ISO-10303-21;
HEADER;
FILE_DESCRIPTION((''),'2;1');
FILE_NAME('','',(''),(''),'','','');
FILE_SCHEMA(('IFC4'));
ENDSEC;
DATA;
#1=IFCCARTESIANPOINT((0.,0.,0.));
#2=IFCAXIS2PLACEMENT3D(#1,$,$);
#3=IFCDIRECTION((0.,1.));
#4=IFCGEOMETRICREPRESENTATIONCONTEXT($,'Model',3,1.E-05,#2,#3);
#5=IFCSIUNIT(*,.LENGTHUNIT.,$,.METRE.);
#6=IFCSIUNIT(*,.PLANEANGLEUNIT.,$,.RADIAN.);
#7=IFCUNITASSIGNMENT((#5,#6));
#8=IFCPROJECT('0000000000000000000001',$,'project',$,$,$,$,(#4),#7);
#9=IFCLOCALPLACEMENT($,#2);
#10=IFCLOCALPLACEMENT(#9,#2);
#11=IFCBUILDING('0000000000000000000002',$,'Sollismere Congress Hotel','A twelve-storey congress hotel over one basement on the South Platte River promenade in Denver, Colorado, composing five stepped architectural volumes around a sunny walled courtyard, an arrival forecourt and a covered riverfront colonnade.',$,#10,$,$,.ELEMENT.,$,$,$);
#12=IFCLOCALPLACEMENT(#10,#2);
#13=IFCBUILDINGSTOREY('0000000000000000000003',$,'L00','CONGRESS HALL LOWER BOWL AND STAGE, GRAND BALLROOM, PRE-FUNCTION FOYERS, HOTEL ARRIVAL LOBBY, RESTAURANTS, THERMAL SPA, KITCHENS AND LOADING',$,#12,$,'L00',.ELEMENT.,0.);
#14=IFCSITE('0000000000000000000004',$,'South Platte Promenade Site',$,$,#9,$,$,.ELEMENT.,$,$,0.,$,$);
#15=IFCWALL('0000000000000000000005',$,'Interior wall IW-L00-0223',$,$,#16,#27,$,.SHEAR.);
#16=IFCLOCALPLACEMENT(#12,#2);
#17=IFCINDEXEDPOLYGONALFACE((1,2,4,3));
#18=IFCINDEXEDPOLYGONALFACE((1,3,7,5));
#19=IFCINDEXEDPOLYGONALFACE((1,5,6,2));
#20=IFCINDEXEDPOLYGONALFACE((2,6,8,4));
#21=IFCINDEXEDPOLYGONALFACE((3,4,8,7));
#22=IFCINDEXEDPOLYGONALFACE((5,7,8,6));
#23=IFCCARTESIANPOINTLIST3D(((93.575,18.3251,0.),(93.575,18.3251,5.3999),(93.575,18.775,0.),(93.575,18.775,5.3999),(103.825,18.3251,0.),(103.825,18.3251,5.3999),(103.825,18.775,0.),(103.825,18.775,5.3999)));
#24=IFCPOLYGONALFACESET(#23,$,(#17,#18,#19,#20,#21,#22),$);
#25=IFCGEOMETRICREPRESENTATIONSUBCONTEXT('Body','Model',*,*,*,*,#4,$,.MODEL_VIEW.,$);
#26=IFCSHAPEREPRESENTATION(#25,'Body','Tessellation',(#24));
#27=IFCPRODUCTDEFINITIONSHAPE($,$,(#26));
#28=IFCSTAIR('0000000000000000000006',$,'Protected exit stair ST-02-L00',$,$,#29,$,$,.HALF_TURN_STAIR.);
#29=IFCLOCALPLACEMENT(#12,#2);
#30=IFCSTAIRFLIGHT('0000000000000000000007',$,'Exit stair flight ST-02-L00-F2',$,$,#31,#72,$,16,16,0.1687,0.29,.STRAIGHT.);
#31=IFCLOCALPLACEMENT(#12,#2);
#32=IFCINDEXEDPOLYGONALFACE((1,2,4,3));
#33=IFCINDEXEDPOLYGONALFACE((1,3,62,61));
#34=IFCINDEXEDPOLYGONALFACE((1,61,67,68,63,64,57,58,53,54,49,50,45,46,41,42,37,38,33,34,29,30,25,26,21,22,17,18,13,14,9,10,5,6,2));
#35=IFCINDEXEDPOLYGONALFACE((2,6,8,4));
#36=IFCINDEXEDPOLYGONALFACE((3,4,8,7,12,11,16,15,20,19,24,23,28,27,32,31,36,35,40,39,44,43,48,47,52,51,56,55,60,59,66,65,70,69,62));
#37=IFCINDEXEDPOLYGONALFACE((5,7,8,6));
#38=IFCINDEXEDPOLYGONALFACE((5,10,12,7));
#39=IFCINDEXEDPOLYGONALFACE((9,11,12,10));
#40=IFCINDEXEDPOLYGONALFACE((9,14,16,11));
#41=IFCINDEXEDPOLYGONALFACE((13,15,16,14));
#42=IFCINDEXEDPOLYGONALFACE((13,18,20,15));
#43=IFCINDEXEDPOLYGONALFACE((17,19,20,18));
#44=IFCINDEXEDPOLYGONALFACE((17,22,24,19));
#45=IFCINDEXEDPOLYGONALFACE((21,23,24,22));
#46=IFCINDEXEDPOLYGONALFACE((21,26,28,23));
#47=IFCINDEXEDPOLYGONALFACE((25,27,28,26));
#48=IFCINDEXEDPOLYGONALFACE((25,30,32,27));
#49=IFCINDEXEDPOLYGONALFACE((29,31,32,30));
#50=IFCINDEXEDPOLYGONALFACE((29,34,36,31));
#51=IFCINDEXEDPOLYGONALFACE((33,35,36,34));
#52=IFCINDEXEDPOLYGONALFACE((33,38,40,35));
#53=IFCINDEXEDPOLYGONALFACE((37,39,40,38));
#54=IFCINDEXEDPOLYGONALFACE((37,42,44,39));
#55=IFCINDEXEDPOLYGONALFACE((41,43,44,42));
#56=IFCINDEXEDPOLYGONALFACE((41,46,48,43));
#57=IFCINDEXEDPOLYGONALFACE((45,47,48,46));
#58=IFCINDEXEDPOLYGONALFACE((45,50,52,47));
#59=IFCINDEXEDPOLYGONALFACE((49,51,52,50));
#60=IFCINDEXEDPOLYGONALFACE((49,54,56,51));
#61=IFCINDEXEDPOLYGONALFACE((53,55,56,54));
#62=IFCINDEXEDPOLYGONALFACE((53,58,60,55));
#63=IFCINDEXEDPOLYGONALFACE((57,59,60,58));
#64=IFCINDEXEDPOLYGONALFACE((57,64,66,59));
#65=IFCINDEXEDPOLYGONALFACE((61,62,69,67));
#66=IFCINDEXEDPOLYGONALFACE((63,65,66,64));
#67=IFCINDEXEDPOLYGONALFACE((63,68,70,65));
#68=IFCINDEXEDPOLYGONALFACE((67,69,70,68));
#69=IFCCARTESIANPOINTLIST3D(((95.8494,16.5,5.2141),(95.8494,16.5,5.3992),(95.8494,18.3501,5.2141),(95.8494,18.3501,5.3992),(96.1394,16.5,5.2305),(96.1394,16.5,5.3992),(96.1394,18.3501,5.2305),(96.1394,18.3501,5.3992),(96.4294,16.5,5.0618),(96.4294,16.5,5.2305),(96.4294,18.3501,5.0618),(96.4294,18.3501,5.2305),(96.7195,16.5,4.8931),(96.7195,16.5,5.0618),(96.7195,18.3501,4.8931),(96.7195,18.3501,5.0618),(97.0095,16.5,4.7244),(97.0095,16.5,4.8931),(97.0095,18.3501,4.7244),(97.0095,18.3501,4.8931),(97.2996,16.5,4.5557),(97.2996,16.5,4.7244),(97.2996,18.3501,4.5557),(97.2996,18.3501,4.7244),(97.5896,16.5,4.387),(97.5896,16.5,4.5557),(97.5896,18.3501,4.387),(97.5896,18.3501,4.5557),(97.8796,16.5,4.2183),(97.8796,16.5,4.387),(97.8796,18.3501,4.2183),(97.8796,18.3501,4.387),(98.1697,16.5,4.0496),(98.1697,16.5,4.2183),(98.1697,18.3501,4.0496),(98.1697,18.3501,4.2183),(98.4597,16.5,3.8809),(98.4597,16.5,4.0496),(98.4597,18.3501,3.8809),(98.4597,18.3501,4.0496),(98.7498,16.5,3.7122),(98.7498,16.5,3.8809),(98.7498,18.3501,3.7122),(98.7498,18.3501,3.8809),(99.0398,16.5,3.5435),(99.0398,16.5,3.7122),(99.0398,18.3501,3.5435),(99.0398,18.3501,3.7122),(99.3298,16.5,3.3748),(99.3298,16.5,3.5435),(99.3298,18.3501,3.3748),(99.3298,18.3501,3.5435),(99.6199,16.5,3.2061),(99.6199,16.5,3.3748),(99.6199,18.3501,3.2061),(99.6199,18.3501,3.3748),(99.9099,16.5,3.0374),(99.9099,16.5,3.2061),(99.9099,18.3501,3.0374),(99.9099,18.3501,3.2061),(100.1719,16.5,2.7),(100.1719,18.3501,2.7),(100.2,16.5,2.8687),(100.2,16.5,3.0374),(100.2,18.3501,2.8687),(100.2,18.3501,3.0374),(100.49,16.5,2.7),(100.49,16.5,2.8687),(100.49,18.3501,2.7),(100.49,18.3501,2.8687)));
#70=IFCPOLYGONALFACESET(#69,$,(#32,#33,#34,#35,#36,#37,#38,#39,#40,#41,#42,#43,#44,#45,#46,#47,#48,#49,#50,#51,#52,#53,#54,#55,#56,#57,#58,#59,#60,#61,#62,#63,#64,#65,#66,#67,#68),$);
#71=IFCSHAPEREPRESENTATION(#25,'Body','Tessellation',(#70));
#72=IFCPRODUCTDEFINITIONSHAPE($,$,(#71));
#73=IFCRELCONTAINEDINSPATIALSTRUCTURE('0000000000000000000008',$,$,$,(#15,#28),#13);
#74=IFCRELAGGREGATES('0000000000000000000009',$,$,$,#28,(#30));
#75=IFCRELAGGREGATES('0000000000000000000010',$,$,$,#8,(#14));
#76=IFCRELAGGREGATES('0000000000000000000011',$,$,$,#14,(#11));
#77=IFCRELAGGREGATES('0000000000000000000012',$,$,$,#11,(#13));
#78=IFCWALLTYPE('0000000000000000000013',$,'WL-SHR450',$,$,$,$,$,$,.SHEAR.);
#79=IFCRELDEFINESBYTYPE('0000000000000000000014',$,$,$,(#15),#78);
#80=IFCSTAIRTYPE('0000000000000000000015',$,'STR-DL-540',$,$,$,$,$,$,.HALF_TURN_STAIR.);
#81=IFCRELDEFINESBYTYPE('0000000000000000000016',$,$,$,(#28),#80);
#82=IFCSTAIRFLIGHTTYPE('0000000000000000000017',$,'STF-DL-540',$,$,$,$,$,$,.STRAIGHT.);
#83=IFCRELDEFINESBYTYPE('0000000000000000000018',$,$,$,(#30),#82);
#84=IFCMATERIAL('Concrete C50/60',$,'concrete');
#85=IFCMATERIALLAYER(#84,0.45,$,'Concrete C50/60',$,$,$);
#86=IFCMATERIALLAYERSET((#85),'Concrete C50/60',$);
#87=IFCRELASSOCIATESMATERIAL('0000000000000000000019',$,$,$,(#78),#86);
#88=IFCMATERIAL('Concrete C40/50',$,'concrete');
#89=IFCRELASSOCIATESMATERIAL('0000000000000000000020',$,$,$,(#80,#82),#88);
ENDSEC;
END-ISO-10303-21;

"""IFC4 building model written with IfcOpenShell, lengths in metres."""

from ifc_helpers import new_model, si_unit, direction, frame, frame_2d, origin, place, context, subcontext, project, spatial, polyline, rectangle, outline, extrude, material, layer, layer_set, type_object, element, aggregate, save


model = new_model("IFC4")

# Units and contexts
model_context = context("Model", 3, precision=1e-05, world=origin(), true_north=direction((0.0, 1.0)))
body_context = subcontext(model_context, "Body", "Model", "MODEL_VIEW")
ifc_project = project(units=[si_unit("LENGTHUNIT", "METRE"), si_unit("PLANEANGLEUNIT", "RADIAN")], contexts=[model_context])

# Site, building, storey
site_placement = place(None, origin())
site = spatial("IfcSite", under=ifc_project, at=site_placement, Name="South Platte Promenade Site", CompositionType="ELEMENT", RefElevation=0.0)
building_placement = place(site_placement, origin())
building = spatial("IfcBuilding", under=site, at=building_placement, Name="Sollismere Congress Hotel", Description="A twelve-storey congress hotel over one basement on the South Platte River promenade in Denver, Colorado, composing five stepped architectural volumes around a sunny walled courtyard, an arrival forecourt and a covered riverfront colonnade.", CompositionType="ELEMENT")
storey_placement = place(building_placement, origin())
storey = spatial("IfcBuildingStorey", under=building, at=storey_placement, Name="L00", Description="CONGRESS HALL LOWER BOWL AND STAGE, GRAND BALLROOM, PRE-FUNCTION FOYERS, HOTEL ARRIVAL LOBBY, RESTAURANTS, THERMAL SPA, KITCHENS AND LOADING", LongName="L00", CompositionType="ELEMENT", Elevation=0.0)

# Wall
ifc_material_1 = material(Name="Concrete C50/60", Category="concrete")
ifc_layer_1 = layer(ifc_material_1, 0.45, Name="Concrete C50/60")
ifc_layer_set_1 = layer_set([ifc_layer_1], Name="Concrete C50/60")
wall_type_1 = type_object("IfcWallType", Name="WL-SHR450", PredefinedType="SHEAR", material=ifc_layer_set_1)
wall_1_placement = place(storey_placement, frame((103.825, 18.55, 0.0), z_axis=(0.0, 0.0, 1.0), x_axis=(-1.0, 0.0, 0.0)))
element("IfcWall", 1, at=wall_1_placement, inside=storey, type_object=wall_type_1, Name="Interior wall IW-L00-0223", PredefinedType="SHEAR", context=body_context, shape_type="SweptSolid", body=[
    extrude(rectangle(XDim=10.25, YDim=0.45, at=frame_2d((5.125, 0.0))), origin(), (0.0, 0.0, 1.0), 5.3999),
])

# Stair, stair flight
ifc_material_2 = material(Name="Concrete C40/50", Category="concrete")
stair_type = type_object("IfcStairType", Name="STR-DL-540", PredefinedType="HALF_TURN_STAIR", material=ifc_material_2)
stair_placement = place(storey_placement, origin())
stair = element("IfcStair", 2, at=stair_placement, inside=storey, type_object=stair_type, Name="Protected exit stair ST-02-L00", PredefinedType="HALF_TURN_STAIR")
stair_flight_type = type_object("IfcStairFlightType", Name="STF-DL-540", PredefinedType="STRAIGHT", material=ifc_material_2)
stair_flight_placement = place(storey_placement, frame((100.49, 17.425, 2.7), z_axis=(0.0, 0.0, 1.0), x_axis=(-1.0, 0.0, 0.0)))
stair_flight = element("IfcStairFlight", 3, at=stair_flight_placement, type_object=stair_flight_type, Name="Exit stair flight ST-02-L00-F2", NumberOfRisers=16, NumberOfTreads=16, PredefinedType="STRAIGHT", RiserHeight=0.1687, TreadLength=0.29, context=body_context, shape_type="SweptSolid", body=[
    extrude(outline(polyline([(0.0, 0.0), (0.0, 0.1687), (0.29, 0.1687), (0.29, 0.3374), (0.5801, 0.3374), (0.5801, 0.5061), (0.8701, 0.5061), (0.8701, 0.6748), (1.1602, 0.6748), (1.1602, 0.8435), (1.4502, 0.8435), (1.4502, 1.0122), (1.7402, 1.0122), (1.7402, 1.1809), (2.0303, 1.1809), (2.0303, 1.3496), (2.3203, 1.3496), (2.3203, 1.5183), (2.6104, 1.5183), (2.6104, 1.687), (2.9004, 1.687), (2.9004, 1.8557), (3.1904, 1.8557), (3.1904, 2.0244), (3.4805, 2.0244), (3.4805, 2.1931), (3.7705, 2.1931), (3.7705, 2.3618), (4.0605, 2.3618), (4.0605, 2.5305), (4.3506, 2.5305), (4.3506, 2.6992), (4.6406, 2.6992), (4.6406, 2.5142), (0.3181, 0.0), (0.0, 0.0)])), frame((0.0, 0.925, 0.0), z_axis=(0.0, -1.0, 0.0), x_axis=(1.0, 0.0, 0.0)), (0.0, 0.0, 1.0), 1.8501),
])
aggregate(stair, [stair_flight])

save(model, "model.ifc")
